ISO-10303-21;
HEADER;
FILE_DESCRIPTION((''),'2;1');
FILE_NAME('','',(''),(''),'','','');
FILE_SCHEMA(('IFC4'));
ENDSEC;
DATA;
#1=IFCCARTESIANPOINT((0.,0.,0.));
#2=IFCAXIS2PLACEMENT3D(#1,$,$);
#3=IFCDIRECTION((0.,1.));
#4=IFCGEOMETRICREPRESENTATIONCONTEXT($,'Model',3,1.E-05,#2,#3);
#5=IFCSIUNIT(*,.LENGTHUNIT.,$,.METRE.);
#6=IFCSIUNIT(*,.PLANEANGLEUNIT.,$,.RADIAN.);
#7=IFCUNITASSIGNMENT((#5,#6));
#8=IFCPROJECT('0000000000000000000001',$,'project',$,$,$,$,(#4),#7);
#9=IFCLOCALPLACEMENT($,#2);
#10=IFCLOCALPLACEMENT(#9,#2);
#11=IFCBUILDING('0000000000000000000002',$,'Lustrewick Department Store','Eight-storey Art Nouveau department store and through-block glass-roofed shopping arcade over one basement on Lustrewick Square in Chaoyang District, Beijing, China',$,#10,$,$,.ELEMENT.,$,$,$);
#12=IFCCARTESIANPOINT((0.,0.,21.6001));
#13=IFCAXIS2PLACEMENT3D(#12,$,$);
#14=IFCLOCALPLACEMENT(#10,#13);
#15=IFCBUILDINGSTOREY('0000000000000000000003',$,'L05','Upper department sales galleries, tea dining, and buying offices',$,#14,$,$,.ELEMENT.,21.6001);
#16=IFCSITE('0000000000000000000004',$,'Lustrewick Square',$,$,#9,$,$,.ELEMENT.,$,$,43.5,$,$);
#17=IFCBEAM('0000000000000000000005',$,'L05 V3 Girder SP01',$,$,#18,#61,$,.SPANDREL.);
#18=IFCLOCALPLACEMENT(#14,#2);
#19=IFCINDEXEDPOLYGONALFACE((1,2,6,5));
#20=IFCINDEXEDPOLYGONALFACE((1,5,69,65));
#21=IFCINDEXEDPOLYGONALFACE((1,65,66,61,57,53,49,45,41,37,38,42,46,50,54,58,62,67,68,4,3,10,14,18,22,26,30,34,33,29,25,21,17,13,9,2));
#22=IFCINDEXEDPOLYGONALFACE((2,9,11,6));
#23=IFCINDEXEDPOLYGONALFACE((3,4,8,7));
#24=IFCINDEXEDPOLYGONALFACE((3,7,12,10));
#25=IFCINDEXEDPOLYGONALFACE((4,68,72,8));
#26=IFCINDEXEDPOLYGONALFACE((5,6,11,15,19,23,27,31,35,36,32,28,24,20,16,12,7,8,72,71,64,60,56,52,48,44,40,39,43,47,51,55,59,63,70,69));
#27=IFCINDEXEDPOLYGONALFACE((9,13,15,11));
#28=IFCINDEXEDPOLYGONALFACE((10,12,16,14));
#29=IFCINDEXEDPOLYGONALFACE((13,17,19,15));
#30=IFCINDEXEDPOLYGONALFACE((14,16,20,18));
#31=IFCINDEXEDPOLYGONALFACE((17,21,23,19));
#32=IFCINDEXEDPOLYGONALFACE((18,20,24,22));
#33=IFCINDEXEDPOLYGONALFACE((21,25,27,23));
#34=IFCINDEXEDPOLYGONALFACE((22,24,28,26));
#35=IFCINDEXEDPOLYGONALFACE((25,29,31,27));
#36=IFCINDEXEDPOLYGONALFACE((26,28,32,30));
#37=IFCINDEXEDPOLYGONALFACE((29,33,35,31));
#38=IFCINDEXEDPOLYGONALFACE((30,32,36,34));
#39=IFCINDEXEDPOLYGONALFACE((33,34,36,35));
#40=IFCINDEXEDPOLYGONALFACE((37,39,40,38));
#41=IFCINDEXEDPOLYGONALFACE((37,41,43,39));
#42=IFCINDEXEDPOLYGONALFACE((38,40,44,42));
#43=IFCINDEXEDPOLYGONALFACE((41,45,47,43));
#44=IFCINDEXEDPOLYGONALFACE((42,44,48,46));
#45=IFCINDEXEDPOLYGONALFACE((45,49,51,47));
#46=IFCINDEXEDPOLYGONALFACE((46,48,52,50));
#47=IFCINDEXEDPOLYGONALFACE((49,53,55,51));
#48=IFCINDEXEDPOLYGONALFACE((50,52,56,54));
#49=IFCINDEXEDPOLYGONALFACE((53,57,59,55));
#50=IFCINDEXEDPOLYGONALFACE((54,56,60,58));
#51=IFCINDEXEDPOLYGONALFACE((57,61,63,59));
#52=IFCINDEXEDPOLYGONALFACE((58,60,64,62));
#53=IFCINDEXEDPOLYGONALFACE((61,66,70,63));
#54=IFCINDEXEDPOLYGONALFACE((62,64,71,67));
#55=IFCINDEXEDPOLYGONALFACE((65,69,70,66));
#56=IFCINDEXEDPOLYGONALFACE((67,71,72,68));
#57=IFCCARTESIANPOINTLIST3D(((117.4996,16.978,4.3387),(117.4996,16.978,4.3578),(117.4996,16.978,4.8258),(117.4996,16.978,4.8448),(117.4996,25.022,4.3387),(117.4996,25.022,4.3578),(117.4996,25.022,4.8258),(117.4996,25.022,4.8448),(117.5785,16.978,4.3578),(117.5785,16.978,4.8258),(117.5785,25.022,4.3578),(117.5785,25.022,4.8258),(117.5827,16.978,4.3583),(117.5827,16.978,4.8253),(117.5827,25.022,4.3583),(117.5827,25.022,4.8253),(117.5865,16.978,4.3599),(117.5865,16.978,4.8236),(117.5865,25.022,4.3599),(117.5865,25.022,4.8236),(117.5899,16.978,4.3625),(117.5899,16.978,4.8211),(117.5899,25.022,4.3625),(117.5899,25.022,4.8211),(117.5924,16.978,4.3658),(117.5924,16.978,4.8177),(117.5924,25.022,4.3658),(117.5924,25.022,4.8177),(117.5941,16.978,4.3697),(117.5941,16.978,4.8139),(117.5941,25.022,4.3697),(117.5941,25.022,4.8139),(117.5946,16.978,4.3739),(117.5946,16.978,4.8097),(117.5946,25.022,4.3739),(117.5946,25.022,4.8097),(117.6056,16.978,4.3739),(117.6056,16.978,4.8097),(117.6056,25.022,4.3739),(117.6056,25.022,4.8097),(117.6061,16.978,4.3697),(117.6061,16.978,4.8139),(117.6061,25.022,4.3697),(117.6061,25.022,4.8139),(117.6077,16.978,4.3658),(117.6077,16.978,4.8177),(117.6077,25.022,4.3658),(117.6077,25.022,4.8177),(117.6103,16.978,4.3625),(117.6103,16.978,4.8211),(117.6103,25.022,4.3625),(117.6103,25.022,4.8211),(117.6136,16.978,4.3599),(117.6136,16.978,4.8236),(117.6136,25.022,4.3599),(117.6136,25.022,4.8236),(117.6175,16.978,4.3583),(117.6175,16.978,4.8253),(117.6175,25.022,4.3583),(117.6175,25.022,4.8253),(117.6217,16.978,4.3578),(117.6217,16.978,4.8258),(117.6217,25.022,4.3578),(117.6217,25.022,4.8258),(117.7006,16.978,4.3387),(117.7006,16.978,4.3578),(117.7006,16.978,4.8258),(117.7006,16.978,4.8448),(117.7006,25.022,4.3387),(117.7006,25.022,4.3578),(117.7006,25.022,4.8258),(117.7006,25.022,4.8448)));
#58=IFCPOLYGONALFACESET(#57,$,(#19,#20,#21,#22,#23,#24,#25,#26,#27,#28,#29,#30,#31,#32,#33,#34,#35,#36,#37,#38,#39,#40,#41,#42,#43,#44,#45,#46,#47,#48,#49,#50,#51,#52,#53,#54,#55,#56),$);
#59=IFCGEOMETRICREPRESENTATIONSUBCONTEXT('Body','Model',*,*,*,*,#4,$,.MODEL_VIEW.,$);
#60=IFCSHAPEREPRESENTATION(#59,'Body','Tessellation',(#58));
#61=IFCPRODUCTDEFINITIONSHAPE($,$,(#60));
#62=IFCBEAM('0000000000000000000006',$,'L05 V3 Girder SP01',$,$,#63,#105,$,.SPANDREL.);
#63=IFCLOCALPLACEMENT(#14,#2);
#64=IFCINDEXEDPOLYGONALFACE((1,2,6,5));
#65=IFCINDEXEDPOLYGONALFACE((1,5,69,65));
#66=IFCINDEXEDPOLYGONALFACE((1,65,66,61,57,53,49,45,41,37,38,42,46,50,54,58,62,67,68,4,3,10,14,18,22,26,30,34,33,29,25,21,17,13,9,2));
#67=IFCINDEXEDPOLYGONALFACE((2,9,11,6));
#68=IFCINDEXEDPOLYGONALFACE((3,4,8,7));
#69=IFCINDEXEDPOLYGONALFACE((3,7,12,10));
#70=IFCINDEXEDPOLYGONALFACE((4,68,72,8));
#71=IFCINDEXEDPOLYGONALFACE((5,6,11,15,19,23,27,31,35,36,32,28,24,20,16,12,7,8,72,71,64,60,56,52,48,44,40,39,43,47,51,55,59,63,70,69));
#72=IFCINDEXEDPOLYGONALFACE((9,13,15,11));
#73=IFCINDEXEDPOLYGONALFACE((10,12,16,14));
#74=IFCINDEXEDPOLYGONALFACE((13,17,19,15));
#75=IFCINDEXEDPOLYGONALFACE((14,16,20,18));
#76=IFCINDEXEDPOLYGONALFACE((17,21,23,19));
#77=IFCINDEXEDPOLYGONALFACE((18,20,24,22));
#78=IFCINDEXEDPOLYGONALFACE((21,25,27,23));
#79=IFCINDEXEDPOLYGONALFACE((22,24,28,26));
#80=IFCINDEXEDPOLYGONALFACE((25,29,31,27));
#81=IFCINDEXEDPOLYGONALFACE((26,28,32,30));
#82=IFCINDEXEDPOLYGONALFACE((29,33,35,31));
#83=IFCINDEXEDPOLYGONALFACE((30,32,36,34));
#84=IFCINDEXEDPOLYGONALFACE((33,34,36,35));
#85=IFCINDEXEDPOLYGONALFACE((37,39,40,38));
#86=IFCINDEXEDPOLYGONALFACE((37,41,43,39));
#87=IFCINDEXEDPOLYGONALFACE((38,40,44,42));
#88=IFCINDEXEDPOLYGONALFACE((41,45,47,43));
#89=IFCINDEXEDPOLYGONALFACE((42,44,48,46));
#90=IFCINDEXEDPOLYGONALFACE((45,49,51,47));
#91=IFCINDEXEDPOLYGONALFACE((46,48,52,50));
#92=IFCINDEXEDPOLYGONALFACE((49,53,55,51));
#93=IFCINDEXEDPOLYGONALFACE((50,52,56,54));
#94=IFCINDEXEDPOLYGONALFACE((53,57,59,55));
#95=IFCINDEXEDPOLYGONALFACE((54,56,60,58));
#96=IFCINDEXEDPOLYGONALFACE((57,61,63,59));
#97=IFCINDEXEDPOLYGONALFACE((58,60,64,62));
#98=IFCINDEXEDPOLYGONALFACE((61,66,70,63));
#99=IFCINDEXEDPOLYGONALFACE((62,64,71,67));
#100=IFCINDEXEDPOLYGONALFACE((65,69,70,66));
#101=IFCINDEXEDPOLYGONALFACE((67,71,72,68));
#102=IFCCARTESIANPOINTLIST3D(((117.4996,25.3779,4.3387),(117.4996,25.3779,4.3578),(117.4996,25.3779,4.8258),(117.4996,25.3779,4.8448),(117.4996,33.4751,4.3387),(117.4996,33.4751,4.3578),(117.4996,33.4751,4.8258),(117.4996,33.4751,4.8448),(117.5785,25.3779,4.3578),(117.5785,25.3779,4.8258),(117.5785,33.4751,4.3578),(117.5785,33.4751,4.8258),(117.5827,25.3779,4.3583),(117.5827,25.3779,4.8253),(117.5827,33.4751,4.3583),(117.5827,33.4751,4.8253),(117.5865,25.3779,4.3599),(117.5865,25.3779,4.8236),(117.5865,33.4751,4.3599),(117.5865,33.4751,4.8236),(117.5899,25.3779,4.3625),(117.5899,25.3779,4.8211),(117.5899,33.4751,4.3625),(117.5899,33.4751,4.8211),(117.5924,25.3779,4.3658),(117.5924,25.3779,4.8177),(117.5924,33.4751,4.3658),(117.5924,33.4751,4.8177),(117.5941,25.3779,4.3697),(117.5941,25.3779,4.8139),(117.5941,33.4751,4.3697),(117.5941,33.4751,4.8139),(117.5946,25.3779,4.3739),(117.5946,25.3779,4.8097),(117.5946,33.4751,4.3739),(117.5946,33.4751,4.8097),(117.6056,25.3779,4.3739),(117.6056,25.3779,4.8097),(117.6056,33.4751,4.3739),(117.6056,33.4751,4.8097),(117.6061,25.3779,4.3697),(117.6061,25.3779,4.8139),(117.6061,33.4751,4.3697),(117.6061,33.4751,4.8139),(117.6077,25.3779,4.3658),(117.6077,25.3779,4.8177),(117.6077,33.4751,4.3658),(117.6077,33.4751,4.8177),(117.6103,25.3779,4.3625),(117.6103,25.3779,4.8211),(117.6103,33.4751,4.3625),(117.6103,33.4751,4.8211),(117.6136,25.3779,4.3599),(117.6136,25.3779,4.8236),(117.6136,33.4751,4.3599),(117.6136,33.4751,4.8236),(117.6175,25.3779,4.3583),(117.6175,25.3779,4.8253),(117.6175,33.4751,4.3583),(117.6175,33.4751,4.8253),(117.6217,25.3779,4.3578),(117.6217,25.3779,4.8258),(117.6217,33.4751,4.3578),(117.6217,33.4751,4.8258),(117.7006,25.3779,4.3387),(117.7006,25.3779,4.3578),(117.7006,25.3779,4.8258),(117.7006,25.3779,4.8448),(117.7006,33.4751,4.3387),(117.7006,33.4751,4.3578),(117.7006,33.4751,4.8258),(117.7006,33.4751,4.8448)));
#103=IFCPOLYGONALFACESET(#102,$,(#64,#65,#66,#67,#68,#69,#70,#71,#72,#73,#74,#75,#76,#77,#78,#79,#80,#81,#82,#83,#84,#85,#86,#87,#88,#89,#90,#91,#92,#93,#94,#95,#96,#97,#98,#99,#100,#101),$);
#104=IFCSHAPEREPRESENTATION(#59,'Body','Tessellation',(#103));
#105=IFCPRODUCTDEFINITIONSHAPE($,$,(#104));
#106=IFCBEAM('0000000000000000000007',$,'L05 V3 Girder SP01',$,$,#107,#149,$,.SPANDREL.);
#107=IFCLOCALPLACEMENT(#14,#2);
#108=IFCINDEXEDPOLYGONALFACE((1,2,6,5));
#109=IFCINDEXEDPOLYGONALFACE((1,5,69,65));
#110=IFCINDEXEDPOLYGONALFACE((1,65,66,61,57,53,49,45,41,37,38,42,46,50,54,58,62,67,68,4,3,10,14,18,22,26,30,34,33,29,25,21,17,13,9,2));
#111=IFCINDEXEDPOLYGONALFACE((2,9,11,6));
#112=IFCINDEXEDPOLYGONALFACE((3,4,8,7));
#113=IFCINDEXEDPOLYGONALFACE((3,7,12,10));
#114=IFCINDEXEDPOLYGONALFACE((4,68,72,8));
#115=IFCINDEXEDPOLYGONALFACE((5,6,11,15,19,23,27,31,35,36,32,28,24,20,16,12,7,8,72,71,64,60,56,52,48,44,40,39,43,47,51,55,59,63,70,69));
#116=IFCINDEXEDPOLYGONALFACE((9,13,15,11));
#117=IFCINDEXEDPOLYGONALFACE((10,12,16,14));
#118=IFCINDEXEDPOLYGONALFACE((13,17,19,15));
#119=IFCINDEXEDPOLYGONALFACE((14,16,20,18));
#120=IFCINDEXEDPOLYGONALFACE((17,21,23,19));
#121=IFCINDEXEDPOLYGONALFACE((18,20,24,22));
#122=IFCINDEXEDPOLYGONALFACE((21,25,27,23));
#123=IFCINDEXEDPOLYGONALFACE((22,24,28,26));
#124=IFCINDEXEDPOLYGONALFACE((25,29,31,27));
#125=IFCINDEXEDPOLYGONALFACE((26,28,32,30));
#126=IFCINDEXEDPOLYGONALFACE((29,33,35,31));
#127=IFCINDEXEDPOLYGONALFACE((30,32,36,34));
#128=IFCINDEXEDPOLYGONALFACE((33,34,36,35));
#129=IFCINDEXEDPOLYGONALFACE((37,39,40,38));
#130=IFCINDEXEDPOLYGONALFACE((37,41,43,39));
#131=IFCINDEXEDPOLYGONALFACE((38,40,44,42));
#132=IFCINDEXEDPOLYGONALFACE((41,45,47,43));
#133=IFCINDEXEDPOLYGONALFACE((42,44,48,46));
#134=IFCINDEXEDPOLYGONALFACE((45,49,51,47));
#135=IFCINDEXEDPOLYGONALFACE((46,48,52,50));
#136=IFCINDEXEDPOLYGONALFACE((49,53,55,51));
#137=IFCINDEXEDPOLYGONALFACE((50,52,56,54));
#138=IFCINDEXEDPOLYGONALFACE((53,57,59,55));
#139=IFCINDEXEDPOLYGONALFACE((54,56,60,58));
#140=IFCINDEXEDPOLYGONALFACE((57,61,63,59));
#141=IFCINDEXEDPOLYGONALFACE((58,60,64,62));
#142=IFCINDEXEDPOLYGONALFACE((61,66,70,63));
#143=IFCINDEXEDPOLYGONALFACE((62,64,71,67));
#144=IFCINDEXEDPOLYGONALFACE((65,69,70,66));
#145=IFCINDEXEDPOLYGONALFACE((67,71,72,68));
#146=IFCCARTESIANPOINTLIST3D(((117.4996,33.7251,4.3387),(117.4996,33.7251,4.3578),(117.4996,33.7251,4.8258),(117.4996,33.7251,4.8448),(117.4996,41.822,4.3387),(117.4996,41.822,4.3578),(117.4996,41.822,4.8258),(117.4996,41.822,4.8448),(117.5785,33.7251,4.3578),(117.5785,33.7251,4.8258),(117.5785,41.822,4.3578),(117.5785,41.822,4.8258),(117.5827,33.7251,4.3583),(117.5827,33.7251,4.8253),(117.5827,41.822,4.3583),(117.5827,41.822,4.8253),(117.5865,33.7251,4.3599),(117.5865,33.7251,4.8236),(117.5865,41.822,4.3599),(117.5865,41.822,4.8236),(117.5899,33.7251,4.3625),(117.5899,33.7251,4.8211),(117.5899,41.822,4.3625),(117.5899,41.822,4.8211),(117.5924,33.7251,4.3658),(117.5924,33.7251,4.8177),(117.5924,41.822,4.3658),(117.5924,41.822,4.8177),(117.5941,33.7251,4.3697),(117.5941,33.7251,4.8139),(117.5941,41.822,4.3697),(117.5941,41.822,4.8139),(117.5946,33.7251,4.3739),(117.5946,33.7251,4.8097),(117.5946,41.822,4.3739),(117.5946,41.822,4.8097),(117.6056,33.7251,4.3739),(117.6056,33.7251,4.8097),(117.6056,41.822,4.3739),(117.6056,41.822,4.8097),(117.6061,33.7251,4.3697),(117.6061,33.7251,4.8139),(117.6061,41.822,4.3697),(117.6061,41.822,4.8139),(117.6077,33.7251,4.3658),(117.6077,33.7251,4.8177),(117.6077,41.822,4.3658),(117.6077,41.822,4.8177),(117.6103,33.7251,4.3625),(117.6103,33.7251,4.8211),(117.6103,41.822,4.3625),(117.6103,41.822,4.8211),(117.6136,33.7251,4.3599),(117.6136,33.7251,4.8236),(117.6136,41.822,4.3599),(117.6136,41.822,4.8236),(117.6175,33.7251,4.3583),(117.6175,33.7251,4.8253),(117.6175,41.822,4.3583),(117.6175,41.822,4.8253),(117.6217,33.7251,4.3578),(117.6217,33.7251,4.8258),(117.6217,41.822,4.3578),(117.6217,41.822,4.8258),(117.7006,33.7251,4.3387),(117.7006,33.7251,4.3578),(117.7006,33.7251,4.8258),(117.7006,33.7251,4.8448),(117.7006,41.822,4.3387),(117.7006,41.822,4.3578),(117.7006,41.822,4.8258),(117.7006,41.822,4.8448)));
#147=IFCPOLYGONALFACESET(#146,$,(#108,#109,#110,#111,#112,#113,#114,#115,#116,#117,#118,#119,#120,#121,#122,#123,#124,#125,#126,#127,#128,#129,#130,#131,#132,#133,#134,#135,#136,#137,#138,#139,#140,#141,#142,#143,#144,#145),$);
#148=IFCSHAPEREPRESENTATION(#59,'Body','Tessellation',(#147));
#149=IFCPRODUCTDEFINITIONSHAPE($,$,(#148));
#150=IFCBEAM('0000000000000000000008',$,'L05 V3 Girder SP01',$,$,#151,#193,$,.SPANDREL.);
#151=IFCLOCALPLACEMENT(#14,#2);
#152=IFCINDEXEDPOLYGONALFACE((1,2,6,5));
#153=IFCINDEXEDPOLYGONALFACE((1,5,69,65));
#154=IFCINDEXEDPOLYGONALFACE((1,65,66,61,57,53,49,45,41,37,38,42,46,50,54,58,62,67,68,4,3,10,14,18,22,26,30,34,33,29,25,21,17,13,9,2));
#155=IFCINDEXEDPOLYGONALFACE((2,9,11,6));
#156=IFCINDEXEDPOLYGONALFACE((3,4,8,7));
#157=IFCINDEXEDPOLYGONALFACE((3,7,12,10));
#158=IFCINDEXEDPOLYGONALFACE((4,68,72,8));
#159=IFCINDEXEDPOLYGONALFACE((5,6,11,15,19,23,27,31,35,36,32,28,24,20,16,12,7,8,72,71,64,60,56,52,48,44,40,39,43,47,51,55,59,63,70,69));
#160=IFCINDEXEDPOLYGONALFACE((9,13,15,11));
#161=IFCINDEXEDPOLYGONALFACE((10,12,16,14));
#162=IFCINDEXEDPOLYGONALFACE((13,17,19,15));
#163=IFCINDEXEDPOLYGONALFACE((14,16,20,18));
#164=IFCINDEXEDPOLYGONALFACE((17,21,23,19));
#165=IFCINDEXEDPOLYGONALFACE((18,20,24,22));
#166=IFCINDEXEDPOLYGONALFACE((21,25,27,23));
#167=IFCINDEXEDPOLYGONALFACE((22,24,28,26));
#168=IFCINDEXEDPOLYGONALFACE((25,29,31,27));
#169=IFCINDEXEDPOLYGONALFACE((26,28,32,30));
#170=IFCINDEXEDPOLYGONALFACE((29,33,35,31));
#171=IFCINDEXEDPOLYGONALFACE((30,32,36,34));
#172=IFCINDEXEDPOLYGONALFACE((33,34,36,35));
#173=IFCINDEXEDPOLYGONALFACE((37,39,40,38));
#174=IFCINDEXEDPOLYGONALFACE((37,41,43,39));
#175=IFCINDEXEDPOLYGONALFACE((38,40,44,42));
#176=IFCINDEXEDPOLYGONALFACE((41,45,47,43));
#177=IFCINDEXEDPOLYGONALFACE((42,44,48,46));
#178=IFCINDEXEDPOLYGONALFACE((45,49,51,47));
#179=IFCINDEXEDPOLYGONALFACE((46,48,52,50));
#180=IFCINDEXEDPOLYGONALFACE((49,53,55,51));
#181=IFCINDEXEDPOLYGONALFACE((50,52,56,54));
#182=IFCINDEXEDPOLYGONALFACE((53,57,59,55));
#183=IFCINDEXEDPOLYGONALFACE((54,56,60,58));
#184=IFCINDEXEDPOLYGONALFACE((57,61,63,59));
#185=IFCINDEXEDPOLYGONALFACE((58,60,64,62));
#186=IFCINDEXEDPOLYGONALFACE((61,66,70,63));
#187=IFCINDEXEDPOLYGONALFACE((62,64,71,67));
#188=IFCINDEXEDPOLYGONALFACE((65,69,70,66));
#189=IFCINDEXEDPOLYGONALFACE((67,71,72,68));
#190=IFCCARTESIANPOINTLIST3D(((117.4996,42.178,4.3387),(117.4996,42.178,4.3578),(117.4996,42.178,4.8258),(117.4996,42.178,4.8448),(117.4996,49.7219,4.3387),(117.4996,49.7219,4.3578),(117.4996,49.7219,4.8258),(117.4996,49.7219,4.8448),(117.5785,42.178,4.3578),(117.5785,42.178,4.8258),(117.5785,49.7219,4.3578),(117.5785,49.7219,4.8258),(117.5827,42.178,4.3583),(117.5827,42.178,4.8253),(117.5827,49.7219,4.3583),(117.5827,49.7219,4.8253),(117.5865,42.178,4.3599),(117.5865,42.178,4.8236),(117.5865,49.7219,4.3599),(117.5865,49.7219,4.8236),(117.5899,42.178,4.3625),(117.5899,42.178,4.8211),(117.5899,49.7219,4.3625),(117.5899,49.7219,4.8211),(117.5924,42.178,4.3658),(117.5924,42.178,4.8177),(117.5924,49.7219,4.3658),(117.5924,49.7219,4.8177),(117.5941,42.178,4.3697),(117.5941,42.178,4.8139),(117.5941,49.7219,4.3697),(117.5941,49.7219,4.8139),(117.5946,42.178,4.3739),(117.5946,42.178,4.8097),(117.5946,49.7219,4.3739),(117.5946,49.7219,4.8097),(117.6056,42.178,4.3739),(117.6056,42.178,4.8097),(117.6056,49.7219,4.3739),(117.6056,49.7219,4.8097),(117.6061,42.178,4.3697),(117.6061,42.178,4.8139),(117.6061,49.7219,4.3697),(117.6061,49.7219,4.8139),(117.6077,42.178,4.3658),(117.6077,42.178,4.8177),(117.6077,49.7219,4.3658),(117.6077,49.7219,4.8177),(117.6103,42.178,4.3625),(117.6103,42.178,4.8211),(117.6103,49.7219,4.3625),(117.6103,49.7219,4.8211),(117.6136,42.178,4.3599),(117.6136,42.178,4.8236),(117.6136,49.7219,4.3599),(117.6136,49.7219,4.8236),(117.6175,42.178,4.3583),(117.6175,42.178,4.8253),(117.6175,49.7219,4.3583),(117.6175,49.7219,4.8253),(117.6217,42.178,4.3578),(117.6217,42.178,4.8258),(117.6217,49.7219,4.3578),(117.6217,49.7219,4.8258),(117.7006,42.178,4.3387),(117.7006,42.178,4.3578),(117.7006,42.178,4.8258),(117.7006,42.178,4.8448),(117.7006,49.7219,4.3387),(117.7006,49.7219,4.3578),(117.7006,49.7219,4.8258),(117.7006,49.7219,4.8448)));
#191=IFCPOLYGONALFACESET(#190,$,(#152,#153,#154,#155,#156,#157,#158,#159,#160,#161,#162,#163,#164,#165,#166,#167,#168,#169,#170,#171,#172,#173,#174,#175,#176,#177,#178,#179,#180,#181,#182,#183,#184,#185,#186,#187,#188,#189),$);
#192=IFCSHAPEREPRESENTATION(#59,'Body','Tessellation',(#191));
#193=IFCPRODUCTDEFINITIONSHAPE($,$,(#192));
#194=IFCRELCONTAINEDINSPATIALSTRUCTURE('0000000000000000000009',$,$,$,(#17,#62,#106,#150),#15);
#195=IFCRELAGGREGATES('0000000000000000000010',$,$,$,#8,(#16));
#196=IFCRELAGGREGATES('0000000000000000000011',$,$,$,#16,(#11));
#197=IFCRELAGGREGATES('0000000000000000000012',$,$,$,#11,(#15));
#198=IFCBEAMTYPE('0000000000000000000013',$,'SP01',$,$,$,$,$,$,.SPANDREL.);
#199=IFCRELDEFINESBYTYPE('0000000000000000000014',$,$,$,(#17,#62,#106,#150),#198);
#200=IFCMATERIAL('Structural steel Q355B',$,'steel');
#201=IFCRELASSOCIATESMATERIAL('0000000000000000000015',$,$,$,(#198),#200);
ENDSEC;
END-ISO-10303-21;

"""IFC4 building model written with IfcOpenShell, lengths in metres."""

from ifc_helpers import new_model, si_unit, direction, frame, origin, origin_2d, place, context, subcontext, project, spatial, i_section, extrude, material, material_profile, profile_set, type_object, element, save


model = new_model("IFC4")

# Units and contexts
model_context = context("Model", 3, precision=1e-05, world=origin(), true_north=direction((0.0, 1.0)))
body_context = subcontext(model_context, "Body", "Model", "MODEL_VIEW")
ifc_project = project(units=[si_unit("LENGTHUNIT", "METRE"), si_unit("PLANEANGLEUNIT", "RADIAN")], contexts=[model_context])

# Site, building, storey
site_placement = place(None, origin())
site = spatial("IfcSite", under=ifc_project, at=site_placement, Name="Lustrewick Square", CompositionType="ELEMENT", RefElevation=43.5)
building_placement = place(site_placement, origin())
building = spatial("IfcBuilding", under=site, at=building_placement, Name="Lustrewick Department Store", Description="Eight-storey Art Nouveau department store and through-block glass-roofed shopping arcade over one basement on Lustrewick Square in Chaoyang District, Beijing, China", CompositionType="ELEMENT")
storey_placement = place(building_placement, frame((0.0, 0.0, 21.6001)))
storey = spatial("IfcBuildingStorey", under=building, at=storey_placement, Name="L05", Description="Upper department sales galleries, tea dining, and buying offices", CompositionType="ELEMENT", Elevation=21.6001)

# Shared definitions
ifc_material_1 = material(Name="Structural steel Q355B", Category="steel")

# Beams
ifc_material_profile_1 = material_profile(ifc_material_1, i_section(OverallWidth=0.2009, OverallDepth=0.5061, WebThickness=0.011, FlangeThickness=0.019, FilletRadius=0.0161, at=origin_2d()), Name="HN 506x201x11x19")
ifc_profile_set_1 = profile_set([ifc_material_profile_1], Name="Structural steel Q355B")
beam_type_1 = type_object("IfcBeamType", Name="SP01", PredefinedType="SPANDREL", material=ifc_profile_set_1)
beam_1_placement = place(storey_placement, frame((117.6001, 16.978, 4.5918), z_axis=(0.0, 1.0, 0.0), x_axis=(-1.0, 0.0, 0.0)))
element("IfcBeam", 1, at=beam_1_placement, inside=storey, type_object=beam_type_1, Name="L05 V3 Girder SP01", PredefinedType="SPANDREL", context=body_context, shape_type="SweptSolid", body=[
    extrude(i_section(OverallWidth=0.2009, OverallDepth=0.5061, WebThickness=0.011, FlangeThickness=0.019, FilletRadius=0.0161, at=origin_2d()), origin(), (0.0, 0.0, 1.0), 8.0439),
])
beam_2_placement = place(storey_placement, frame((117.6001, 25.3779, 4.5918), z_axis=(0.0, 1.0, 0.0), x_axis=(-1.0, 0.0, 0.0)))
element("IfcBeam", 2, at=beam_2_placement, inside=storey, type_object=beam_type_1, Name="L05 V3 Girder SP01", PredefinedType="SPANDREL", context=body_context, shape_type="SweptSolid", body=[
    extrude(i_section(OverallWidth=0.2009, OverallDepth=0.5061, WebThickness=0.011, FlangeThickness=0.019, FilletRadius=0.0161, at=origin_2d()), origin(), (0.0, 0.0, 1.0), 8.0972),
])
beam_3_placement = place(storey_placement, frame((117.6001, 33.7251, 4.5918), z_axis=(0.0, 1.0, 0.0), x_axis=(-1.0, 0.0, 0.0)))
element("IfcBeam", 3, at=beam_3_placement, inside=storey, type_object=beam_type_1, Name="L05 V3 Girder SP01", PredefinedType="SPANDREL", context=body_context, shape_type="SweptSolid", body=[
    extrude(i_section(OverallWidth=0.2009, OverallDepth=0.5061, WebThickness=0.011, FlangeThickness=0.019, FilletRadius=0.0161, at=origin_2d()), origin(), (0.0, 0.0, 1.0), 8.0969),
])
beam_4_placement = place(storey_placement, frame((117.6001, 42.178, 4.5918), z_axis=(0.0, 1.0, 0.0), x_axis=(-1.0, 0.0, 0.0)))
element("IfcBeam", 4, at=beam_4_placement, inside=storey, type_object=beam_type_1, Name="L05 V3 Girder SP01", PredefinedType="SPANDREL", context=body_context, shape_type="SweptSolid", body=[
    extrude(i_section(OverallWidth=0.2009, OverallDepth=0.5061, WebThickness=0.011, FlangeThickness=0.019, FilletRadius=0.0161, at=origin_2d()), origin(), (0.0, 0.0, 1.0), 7.5439),
])

save(model, "model.ifc")
